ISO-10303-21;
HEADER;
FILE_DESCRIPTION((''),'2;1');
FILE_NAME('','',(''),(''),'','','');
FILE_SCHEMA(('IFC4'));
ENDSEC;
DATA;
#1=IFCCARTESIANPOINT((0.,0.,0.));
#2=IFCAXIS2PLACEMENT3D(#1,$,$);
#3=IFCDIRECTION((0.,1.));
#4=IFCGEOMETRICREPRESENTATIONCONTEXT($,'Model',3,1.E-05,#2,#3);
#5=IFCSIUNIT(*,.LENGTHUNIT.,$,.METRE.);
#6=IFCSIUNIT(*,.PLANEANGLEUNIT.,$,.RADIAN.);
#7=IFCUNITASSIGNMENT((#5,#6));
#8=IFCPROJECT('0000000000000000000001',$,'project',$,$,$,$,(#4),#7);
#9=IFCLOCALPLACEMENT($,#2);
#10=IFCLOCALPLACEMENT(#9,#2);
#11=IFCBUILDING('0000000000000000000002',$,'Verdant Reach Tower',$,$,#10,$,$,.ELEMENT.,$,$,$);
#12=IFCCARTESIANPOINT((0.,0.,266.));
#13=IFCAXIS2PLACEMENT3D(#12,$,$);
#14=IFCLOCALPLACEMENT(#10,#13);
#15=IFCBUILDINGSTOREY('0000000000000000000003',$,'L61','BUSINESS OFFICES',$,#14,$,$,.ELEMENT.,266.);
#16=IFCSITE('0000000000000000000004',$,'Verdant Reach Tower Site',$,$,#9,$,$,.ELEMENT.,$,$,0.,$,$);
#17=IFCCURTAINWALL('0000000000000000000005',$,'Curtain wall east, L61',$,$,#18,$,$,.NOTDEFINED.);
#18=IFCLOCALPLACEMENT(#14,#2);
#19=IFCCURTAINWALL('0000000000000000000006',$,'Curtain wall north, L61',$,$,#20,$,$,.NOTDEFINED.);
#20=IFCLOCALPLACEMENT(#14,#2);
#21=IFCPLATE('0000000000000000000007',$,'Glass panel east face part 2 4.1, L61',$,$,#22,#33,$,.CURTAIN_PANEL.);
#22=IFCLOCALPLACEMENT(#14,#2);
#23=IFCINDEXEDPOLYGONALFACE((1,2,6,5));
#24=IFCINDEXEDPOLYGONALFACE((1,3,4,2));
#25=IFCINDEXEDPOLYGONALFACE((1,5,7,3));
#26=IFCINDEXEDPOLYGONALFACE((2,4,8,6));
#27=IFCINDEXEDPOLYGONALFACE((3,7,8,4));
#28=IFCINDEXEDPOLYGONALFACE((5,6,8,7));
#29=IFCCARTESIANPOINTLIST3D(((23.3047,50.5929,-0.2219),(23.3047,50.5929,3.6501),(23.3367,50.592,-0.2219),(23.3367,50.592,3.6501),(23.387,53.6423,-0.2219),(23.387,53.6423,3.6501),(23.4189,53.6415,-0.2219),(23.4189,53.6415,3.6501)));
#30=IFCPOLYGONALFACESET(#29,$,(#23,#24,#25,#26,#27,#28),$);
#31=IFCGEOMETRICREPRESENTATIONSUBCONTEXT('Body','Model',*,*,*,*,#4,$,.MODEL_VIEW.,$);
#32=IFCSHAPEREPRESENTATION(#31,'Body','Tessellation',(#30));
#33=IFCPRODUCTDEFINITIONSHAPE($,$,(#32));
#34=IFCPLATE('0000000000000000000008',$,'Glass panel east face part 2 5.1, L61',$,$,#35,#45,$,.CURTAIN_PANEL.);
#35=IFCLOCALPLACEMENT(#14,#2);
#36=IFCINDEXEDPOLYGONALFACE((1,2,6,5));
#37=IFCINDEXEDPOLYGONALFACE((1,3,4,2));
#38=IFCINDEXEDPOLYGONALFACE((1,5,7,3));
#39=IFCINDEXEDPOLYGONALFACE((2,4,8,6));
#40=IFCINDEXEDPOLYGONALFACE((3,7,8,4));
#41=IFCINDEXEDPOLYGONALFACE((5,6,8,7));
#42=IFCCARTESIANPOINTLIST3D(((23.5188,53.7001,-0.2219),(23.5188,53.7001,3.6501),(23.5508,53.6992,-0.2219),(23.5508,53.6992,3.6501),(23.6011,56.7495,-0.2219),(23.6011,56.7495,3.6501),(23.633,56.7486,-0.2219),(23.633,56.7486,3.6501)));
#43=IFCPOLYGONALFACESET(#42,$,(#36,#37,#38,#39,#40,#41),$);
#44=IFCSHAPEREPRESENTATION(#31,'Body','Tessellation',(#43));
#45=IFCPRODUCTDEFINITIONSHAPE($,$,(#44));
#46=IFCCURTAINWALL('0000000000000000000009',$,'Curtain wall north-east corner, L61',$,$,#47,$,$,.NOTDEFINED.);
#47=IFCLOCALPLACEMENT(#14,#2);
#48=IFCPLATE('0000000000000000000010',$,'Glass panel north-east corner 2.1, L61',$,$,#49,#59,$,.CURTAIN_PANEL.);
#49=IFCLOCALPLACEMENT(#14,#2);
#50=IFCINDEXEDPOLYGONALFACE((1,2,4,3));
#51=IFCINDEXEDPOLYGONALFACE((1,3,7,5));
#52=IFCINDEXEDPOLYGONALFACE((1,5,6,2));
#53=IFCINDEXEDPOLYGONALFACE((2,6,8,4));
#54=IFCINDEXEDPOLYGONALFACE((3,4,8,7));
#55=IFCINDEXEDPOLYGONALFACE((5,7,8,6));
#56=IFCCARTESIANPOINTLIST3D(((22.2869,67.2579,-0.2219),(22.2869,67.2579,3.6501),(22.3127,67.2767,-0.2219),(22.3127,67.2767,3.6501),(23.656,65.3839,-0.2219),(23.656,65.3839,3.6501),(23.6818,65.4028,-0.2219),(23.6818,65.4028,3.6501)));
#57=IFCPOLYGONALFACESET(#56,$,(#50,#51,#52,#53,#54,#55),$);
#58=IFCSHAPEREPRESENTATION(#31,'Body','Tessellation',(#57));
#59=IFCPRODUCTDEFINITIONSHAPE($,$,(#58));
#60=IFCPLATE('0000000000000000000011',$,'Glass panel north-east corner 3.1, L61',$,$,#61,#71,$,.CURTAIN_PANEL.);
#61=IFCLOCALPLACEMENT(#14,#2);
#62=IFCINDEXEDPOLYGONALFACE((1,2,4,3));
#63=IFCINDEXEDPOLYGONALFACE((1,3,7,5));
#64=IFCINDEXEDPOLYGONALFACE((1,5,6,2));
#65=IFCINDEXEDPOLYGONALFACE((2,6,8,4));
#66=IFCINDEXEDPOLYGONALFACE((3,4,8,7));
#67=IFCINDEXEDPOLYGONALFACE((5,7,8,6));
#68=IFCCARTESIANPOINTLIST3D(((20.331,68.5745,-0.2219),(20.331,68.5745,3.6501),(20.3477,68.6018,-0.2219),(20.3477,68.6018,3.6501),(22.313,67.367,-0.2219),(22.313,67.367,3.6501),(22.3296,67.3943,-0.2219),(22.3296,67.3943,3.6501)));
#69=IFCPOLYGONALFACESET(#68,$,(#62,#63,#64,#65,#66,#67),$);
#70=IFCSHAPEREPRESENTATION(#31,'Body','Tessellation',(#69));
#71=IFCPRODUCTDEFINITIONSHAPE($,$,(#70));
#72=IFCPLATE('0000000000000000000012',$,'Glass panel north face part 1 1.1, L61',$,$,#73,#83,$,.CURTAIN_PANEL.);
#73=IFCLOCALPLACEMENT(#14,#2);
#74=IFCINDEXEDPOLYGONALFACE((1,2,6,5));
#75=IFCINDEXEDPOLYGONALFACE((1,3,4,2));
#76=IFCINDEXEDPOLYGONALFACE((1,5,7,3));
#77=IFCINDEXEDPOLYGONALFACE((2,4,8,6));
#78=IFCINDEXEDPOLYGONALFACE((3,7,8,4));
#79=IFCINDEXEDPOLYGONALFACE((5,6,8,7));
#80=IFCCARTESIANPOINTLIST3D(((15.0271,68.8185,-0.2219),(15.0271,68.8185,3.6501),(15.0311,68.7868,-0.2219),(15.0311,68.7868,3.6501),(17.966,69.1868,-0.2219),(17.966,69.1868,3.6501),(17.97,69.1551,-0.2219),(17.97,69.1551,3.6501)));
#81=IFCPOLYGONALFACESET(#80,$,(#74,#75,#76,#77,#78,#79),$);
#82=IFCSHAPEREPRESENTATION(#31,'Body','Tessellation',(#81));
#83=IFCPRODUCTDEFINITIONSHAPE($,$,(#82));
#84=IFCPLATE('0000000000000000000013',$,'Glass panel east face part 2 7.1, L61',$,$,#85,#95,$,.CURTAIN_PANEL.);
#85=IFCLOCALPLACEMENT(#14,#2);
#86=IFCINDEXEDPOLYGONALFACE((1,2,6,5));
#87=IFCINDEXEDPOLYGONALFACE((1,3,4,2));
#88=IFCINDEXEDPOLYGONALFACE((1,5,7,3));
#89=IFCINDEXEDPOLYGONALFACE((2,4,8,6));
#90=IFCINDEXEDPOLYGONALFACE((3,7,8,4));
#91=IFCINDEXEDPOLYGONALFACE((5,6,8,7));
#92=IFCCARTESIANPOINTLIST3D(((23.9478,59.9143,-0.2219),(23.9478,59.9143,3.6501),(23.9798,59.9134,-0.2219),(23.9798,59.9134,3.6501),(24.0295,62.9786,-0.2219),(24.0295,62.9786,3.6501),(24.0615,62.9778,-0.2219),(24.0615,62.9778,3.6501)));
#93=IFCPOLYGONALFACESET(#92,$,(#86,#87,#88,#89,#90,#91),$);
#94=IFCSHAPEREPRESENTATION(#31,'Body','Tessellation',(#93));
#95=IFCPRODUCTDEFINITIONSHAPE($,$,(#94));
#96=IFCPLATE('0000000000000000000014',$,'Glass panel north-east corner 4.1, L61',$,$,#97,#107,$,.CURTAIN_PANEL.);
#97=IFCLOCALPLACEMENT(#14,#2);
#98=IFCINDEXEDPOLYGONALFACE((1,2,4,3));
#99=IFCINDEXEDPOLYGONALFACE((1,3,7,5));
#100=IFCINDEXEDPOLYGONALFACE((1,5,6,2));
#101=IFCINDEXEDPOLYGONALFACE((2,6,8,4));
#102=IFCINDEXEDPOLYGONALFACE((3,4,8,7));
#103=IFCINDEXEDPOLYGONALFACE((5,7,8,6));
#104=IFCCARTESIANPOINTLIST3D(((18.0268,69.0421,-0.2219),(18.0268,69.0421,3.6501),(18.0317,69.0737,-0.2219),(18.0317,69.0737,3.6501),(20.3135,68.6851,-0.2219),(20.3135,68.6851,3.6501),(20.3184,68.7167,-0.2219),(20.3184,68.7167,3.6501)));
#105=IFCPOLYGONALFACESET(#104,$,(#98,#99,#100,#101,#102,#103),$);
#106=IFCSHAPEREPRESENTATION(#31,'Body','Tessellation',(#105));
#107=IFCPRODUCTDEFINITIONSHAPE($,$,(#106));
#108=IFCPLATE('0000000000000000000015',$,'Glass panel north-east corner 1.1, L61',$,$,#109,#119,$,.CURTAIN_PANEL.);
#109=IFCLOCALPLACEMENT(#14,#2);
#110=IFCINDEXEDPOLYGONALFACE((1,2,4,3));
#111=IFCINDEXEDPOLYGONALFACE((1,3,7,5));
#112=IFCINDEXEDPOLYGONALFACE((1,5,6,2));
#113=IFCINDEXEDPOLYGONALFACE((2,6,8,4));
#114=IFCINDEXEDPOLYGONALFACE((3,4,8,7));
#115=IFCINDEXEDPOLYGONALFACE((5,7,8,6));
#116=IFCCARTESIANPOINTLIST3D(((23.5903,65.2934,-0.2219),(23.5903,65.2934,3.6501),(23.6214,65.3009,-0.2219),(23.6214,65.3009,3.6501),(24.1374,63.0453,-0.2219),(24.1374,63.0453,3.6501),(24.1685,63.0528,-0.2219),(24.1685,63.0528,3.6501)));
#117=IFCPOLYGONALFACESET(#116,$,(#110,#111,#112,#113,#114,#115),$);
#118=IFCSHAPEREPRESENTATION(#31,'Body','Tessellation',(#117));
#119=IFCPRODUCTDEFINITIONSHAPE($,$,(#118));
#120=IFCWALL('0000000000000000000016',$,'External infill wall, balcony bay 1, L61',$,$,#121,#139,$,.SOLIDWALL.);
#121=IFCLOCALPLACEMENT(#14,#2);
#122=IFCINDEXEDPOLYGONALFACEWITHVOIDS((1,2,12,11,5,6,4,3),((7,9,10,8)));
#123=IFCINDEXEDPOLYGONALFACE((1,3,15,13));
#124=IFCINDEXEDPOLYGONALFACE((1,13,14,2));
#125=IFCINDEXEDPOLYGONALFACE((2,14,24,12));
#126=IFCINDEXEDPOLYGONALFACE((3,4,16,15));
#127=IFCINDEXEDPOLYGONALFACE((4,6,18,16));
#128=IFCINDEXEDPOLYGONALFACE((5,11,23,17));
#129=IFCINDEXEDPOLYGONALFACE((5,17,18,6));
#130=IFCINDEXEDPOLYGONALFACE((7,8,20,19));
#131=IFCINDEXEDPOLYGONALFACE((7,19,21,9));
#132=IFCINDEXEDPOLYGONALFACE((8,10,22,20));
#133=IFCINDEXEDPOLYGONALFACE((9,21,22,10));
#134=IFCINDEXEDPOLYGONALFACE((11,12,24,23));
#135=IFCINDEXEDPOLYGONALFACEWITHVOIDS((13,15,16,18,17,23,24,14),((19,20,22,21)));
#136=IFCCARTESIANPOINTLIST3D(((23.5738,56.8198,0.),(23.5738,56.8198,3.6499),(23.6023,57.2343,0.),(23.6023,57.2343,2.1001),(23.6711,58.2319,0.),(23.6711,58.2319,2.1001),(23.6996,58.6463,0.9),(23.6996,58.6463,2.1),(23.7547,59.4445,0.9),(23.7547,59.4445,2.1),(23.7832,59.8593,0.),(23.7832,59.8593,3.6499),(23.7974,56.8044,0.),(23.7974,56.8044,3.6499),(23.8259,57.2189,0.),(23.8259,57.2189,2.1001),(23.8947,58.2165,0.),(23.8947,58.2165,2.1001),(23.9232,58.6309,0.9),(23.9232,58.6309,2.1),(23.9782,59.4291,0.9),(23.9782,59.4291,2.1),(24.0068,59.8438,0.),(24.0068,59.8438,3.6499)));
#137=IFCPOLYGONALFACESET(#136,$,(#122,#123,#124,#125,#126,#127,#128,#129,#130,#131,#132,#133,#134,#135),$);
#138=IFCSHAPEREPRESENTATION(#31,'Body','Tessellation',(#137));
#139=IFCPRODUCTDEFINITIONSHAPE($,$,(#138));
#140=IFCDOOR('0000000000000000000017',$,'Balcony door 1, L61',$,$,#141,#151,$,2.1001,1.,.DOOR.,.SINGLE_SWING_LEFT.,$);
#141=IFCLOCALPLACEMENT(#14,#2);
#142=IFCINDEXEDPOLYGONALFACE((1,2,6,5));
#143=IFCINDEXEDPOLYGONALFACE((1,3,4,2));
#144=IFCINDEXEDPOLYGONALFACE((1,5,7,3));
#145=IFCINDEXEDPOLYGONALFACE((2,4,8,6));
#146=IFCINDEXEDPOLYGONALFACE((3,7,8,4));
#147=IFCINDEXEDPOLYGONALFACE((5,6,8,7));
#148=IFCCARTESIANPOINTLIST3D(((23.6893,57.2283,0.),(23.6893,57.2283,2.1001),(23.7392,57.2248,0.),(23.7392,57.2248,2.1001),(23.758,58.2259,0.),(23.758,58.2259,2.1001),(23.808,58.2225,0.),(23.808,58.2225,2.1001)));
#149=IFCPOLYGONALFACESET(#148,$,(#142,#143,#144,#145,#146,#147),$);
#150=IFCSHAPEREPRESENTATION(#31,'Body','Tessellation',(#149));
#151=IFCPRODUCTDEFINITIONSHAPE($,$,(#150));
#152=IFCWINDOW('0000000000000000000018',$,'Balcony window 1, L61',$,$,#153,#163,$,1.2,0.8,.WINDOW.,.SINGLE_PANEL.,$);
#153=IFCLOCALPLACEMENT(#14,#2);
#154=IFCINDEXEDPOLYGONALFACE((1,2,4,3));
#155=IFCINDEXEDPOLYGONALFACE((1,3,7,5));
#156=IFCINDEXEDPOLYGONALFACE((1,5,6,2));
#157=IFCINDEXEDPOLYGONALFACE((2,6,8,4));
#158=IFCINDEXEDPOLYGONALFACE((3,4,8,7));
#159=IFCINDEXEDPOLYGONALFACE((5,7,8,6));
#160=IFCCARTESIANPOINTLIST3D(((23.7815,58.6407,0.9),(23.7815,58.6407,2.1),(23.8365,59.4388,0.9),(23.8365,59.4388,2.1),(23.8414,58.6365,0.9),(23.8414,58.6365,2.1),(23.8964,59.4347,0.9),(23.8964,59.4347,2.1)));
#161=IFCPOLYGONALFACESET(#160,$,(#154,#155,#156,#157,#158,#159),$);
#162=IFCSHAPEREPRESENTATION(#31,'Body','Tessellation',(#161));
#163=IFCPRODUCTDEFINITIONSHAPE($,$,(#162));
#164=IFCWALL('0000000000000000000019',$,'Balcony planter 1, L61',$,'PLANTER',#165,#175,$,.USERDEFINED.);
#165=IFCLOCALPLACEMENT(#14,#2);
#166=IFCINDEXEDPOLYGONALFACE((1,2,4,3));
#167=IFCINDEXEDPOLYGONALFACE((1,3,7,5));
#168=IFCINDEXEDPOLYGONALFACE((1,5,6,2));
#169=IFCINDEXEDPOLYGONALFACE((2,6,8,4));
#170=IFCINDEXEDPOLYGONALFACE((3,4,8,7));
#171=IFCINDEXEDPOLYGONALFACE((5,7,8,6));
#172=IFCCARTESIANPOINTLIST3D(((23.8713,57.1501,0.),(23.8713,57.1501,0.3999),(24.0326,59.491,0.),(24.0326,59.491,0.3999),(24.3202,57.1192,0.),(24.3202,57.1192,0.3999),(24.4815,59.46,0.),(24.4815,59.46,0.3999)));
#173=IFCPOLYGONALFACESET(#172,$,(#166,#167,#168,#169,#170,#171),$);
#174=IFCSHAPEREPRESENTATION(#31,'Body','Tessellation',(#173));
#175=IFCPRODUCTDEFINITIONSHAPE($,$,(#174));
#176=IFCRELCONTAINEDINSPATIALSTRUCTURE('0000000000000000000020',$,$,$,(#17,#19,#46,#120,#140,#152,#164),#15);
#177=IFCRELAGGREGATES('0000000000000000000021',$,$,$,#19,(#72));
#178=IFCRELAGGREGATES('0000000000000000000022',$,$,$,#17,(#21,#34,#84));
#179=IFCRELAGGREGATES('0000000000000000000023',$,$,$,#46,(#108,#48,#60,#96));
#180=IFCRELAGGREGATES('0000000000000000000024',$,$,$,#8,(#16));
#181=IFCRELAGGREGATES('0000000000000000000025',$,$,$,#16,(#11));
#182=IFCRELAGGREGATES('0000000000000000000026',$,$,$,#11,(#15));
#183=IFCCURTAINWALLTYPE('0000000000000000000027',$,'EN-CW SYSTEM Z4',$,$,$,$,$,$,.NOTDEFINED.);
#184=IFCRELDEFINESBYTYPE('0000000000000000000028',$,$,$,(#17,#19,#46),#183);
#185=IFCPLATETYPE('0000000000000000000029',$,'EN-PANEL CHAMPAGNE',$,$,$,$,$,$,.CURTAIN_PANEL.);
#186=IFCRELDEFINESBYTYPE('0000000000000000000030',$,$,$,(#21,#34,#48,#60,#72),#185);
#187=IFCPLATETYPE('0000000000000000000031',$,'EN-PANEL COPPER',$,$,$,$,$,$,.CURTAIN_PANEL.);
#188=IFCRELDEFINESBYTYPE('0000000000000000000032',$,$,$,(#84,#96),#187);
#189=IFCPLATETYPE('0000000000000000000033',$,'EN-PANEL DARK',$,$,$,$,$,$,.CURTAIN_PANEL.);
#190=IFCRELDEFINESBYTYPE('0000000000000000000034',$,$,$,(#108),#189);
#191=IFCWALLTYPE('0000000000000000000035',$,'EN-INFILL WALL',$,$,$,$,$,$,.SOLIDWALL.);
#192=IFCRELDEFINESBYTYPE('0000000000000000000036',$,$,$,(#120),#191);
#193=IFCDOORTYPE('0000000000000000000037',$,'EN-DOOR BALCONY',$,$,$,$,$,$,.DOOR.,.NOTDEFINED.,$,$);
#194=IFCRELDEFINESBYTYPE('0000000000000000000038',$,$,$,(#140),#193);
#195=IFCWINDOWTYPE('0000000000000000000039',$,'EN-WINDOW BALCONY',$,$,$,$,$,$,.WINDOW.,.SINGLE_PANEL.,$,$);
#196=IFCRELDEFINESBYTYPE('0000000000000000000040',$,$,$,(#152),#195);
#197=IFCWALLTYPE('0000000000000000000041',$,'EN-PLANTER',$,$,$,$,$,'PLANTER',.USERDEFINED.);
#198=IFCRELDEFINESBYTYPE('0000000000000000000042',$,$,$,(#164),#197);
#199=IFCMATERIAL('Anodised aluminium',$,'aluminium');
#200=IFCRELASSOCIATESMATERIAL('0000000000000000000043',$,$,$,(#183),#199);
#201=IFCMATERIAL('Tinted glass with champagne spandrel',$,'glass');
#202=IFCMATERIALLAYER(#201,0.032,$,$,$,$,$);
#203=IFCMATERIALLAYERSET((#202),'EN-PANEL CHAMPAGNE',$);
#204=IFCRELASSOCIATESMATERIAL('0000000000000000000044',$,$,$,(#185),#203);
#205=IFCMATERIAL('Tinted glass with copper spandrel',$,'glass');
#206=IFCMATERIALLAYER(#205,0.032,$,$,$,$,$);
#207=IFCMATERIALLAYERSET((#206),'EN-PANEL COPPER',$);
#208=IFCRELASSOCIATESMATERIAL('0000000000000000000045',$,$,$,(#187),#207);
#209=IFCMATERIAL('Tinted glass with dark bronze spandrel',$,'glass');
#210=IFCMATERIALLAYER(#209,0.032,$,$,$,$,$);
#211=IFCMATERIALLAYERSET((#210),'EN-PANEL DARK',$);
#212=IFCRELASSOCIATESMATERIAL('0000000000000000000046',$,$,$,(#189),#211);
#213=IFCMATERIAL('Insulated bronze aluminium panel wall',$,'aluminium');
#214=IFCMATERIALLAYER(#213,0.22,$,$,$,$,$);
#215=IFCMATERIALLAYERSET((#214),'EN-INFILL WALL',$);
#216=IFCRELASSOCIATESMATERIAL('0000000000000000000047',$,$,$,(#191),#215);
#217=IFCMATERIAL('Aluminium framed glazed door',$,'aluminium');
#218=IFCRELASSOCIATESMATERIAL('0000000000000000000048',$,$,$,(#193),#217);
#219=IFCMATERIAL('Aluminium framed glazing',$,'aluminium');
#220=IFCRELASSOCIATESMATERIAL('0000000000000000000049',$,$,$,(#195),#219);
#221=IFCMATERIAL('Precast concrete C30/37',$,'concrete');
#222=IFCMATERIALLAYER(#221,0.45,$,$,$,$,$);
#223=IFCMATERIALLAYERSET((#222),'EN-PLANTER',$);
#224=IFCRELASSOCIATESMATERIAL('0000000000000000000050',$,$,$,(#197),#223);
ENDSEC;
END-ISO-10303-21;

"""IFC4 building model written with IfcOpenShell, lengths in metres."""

from ifc_helpers import new_model, si_unit, direction, frame, frame_2d, origin, origin_2d, place, context, subcontext, project, spatial, rectangle, extrude, material, layer, layer_set, type_object, element, fill, aggregate, save


model = new_model("IFC4")

# Units and contexts
model_context = context("Model", 3, precision=1e-05, world=origin(), true_north=direction((0.0, 1.0)))
body_context = subcontext(model_context, "Body", "Model", "MODEL_VIEW")
ifc_project = project(units=[si_unit("LENGTHUNIT", "METRE"), si_unit("PLANEANGLEUNIT", "RADIAN")], contexts=[model_context])

# Site, building, storey
site_placement = place(None, origin())
site = spatial("IfcSite", under=ifc_project, at=site_placement, Name="Verdant Reach Tower Site", CompositionType="ELEMENT", RefElevation=0.0)
building_placement = place(site_placement, origin())
building = spatial("IfcBuilding", under=site, at=building_placement, Name="Verdant Reach Tower", CompositionType="ELEMENT")
storey_placement = place(building_placement, frame((0.0, 0.0, 266.0)))
storey = spatial("IfcBuildingStorey", under=building, at=storey_placement, Name="L61", Description="BUSINESS OFFICES", CompositionType="ELEMENT", Elevation=266.0)

# Curtain walls
ifc_material_1 = material(Name="Anodised aluminium", Category="aluminium")
curtain_wall_type = type_object("IfcCurtainWallType", Name="EN-CW SYSTEM Z4", PredefinedType="NOTDEFINED", material=ifc_material_1)
curtain_wall_1_placement = place(storey_placement, origin())
curtain_wall_1 = element("IfcCurtainWall", 1, at=curtain_wall_1_placement, inside=storey, type_object=curtain_wall_type, Name="Curtain wall east, L61", PredefinedType="NOTDEFINED")
curtain_wall_2_placement = place(storey_placement, origin())
curtain_wall_2 = element("IfcCurtainWall", 2, at=curtain_wall_2_placement, inside=storey, type_object=curtain_wall_type, Name="Curtain wall north, L61", PredefinedType="NOTDEFINED")

# Plates
ifc_material_2 = material(Name="Tinted glass with champagne spandrel", Category="glass")
ifc_layer_1 = layer(ifc_material_2, 0.032)
ifc_layer_set_1 = layer_set([ifc_layer_1], Name="EN-PANEL CHAMPAGNE")
plate_type_1 = type_object("IfcPlateType", Name="EN-PANEL CHAMPAGNE", PredefinedType="CURTAIN_PANEL", material=ifc_layer_set_1)
plate_1_placement = place(storey_placement, frame((23.3618, 52.1172, -0.2219), z_axis=(0.0, 0.0, 1.0), x_axis=(0.026965, 0.999636, 0.0)))
plate_1 = element("IfcPlate", 3, at=plate_1_placement, type_object=plate_type_1, Name="Glass panel east face part 2 4.1, L61", PredefinedType="CURTAIN_PANEL", context=body_context, shape_type="SweptSolid", body=[
    extrude(rectangle(XDim=3.0505, YDim=0.032, at=origin_2d()), origin(), (0.0, 0.0, 1.0), 3.8721),
])
plate_2_placement = place(storey_placement, frame((23.5759, 55.2244, -0.2219), z_axis=(0.0, 0.0, 1.0), x_axis=(0.026965, 0.999636, 0.0)))
plate_2 = element("IfcPlate", 4, at=plate_2_placement, type_object=plate_type_1, Name="Glass panel east face part 2 5.1, L61", PredefinedType="CURTAIN_PANEL", context=body_context, shape_type="SweptSolid", body=[
    extrude(rectangle(XDim=3.0505, YDim=0.032, at=origin_2d()), origin(), (0.0, 0.0, 1.0), 3.8721),
])

# Curtain wall, plates
curtain_wall_3_placement = place(storey_placement, origin())
curtain_wall_3 = element("IfcCurtainWall", 5, at=curtain_wall_3_placement, inside=storey, type_object=curtain_wall_type, Name="Curtain wall north-east corner, L61", PredefinedType="NOTDEFINED")
plate_3_placement = place(storey_placement, frame((22.9844, 66.3303, -0.2219), z_axis=(0.0, 0.0, 1.0), x_axis=(-0.589927, 0.807457, 0.0)))
plate_3 = element("IfcPlate", 6, at=plate_3_placement, type_object=plate_type_1, Name="Glass panel north-east corner 2.1, L61", PredefinedType="CURTAIN_PANEL", context=body_context, shape_type="SweptSolid", body=[
    extrude(rectangle(XDim=2.3208, YDim=0.032, at=origin_2d()), origin(), (0.0, 0.0, 1.0), 3.8721),
])
plate_4_placement = place(storey_placement, frame((21.3303, 67.9844, -0.2219), z_axis=(0.0, 0.0, 1.0), x_axis=(-0.853989, 0.520292, 0.0)))
plate_4 = element("IfcPlate", 7, at=plate_4_placement, type_object=plate_type_1, Name="Glass panel north-east corner 3.1, L61", PredefinedType="CURTAIN_PANEL", context=body_context, shape_type="SweptSolid", body=[
    extrude(rectangle(XDim=2.3208, YDim=0.032, at=origin_2d()), origin(), (0.0, 0.0, 1.0), 3.8721),
])

# Plates
plate_5_placement = place(storey_placement, frame((16.4985, 68.9868, -0.2219), z_axis=(0.0, 0.0, 1.0), x_axis=(-0.992239, -0.124346, 0.0)))
plate_5 = element("IfcPlate", 8, at=plate_5_placement, type_object=plate_type_1, Name="Glass panel north face part 1 1.1, L61", PredefinedType="CURTAIN_PANEL", context=body_context, shape_type="SweptSolid", body=[
    extrude(rectangle(XDim=2.9619, YDim=0.032, at=origin_2d()), origin(), (0.0, 0.0, 1.0), 3.8721),
])
aggregate(curtain_wall_2, [plate_5])
ifc_material_3 = material(Name="Tinted glass with copper spandrel", Category="glass")
ifc_layer_2 = layer(ifc_material_3, 0.032)
ifc_layer_set_2 = layer_set([ifc_layer_2], Name="EN-PANEL COPPER")
plate_type_2 = type_object("IfcPlateType", Name="EN-PANEL COPPER", PredefinedType="CURTAIN_PANEL", material=ifc_layer_set_2)
plate_6_placement = place(storey_placement, frame((24.0046, 61.446, -0.2219), z_axis=(0.0, 0.0, 1.0), x_axis=(0.026651, 0.999645, 0.0)))
plate_6 = element("IfcPlate", 9, at=plate_6_placement, type_object=plate_type_2, Name="Glass panel east face part 2 7.1, L61", PredefinedType="CURTAIN_PANEL", context=body_context, shape_type="SweptSolid", body=[
    extrude(rectangle(XDim=3.0654, YDim=0.032, at=origin_2d()), origin(), (0.0, 0.0, 1.0), 3.8721),
])
aggregate(curtain_wall_1, [plate_1, plate_2, plate_6])
plate_7_placement = place(storey_placement, frame((19.1726, 68.8794, -0.2219), z_axis=(0.0, 0.0, 1.0), x_axis=(-0.988027, 0.154279, 0.0)))
plate_7 = element("IfcPlate", 10, at=plate_7_placement, type_object=plate_type_2, Name="Glass panel north-east corner 4.1, L61", PredefinedType="CURTAIN_PANEL", context=body_context, shape_type="SweptSolid", body=[
    extrude(rectangle(XDim=2.3145, YDim=0.032, at=origin_2d()), origin(), (0.0, 0.0, 1.0), 3.8721),
])
ifc_material_4 = material(Name="Tinted glass with dark bronze spandrel", Category="glass")
ifc_layer_3 = layer(ifc_material_4, 0.032)
ifc_layer_set_3 = layer_set([ifc_layer_3], Name="EN-PANEL DARK")
plate_type_3 = type_object("IfcPlateType", Name="EN-PANEL DARK", PredefinedType="CURTAIN_PANEL", material=ifc_layer_set_3)
plate_8_placement = place(storey_placement, frame((23.8794, 64.1731, -0.2219), z_axis=(0.0, 0.0, 1.0), x_axis=(-0.236459, 0.971642, 0.0)))
plate_8 = element("IfcPlate", 11, at=plate_8_placement, type_object=plate_type_3, Name="Glass panel north-east corner 1.1, L61", PredefinedType="CURTAIN_PANEL", context=body_context, shape_type="SweptSolid", body=[
    extrude(rectangle(XDim=2.3137, YDim=0.032, at=origin_2d()), origin(), (0.0, 0.0, 1.0), 3.8721),
])
aggregate(curtain_wall_3, [plate_8, plate_3, plate_4, plate_7])

# Wall, openings, door, window
ifc_material_5 = material(Name="Insulated bronze aluminium panel wall", Category="aluminium")
ifc_layer_4 = layer(ifc_material_5, 0.22)
ifc_layer_set_4 = layer_set([ifc_layer_4], Name="EN-INFILL WALL")
wall_type_1 = type_object("IfcWallType", Name="EN-INFILL WALL", PredefinedType="SOLIDWALL", material=ifc_layer_set_4)
wall_1_placement = place(storey_placement, frame((23.6855, 56.812, 0.0), z_axis=(0.0, 0.0, 1.0), x_axis=(0.068758, 0.997633, 0.0)))
wall_1 = element("IfcWall", 12, at=wall_1_placement, inside=storey, type_object=wall_type_1, Name="External infill wall, balcony bay 1, L61", PredefinedType="SOLIDWALL", context=body_context, shape_type="SweptSolid", body=[
    extrude(rectangle(XDim=3.0466, YDim=0.2241, at=frame_2d((1.5234, 0.0))), origin(), (0.0, 0.0, 1.0), 3.6499),
])
opening_1_placement = place(wall_1_placement, frame((0.4155, 0.0, 0.0)))
opening_1 = element("IfcOpeningElement", 13, at=opening_1_placement, cuts=wall_1, PredefinedType="OPENING", context=body_context, shape_type="SweptSolid", body=[
    extrude(rectangle(XDim=1.0, YDim=2.1001, at=frame_2d((0.5, 1.05))), frame((0.0, 0.1221, 0.0), z_axis=(0.0, -1.0, 0.0), x_axis=(1.0, 0.0, 0.0)), (0.0, 0.0, 1.0), 0.2441),
])
opening_2_placement = place(wall_1_placement, frame((1.8311, 0.0, 0.8999)))
opening_2 = element("IfcOpeningElement", 14, at=opening_2_placement, cuts=wall_1, PredefinedType="OPENING", context=body_context, shape_type="SweptSolid", body=[
    extrude(rectangle(XDim=0.8, YDim=1.2, at=frame_2d((0.3999, 0.6001))), frame((0.0, 0.1221, 0.0), z_axis=(0.0, -1.0, 0.0), x_axis=(1.0, 0.0, 0.0)), (0.0, 0.0, 1.0), 0.2441),
])
ifc_material_6 = material(Name="Aluminium framed glazed door", Category="aluminium")
door_type_1 = type_object("IfcDoorType", Name="EN-DOOR BALCONY", OperationType="NOTDEFINED", PredefinedType="DOOR", material=ifc_material_6)
door_1_placement = place(opening_1_placement, origin())
door_1 = element("IfcDoor", 15, at=door_1_placement, inside=storey, type_object=door_type_1, Name="Balcony door 1, L61", OperationType="SINGLE_SWING_LEFT", OverallHeight=2.1001, OverallWidth=1.0, PredefinedType="DOOR", context=body_context, shape_type="SweptSolid", body=[
    extrude(rectangle(XDim=1.0, YDim=2.1001, at=frame_2d((0.5, 1.05))), frame((0.0, 0.0249, 0.0), z_axis=(0.0, -1.0, 0.0), x_axis=(1.0, 0.0, 0.0)), (0.0, 0.0, 1.0), 0.05),
])
fill(opening_1, door_1)
ifc_material_7 = material(Name="Aluminium framed glazing", Category="aluminium")
window_type = type_object("IfcWindowType", Name="EN-WINDOW BALCONY", PartitioningType="SINGLE_PANEL", PredefinedType="WINDOW", material=ifc_material_7)
window_placement = place(opening_2_placement, origin())
window = element("IfcWindow", 16, at=window_placement, inside=storey, type_object=window_type, Name="Balcony window 1, L61", OverallHeight=1.2, OverallWidth=0.8, PartitioningType="SINGLE_PANEL", PredefinedType="WINDOW", context=body_context, shape_type="SweptSolid", body=[
    extrude(rectangle(XDim=0.8, YDim=1.2, at=frame_2d((0.3999, 0.6001))), frame((0.0, 0.03, 0.0), z_axis=(0.0, -1.0, 0.0), x_axis=(1.0, 0.0, 0.0)), (0.0, 0.0, 1.0), 0.0601),
])
fill(opening_2, window)

# Wall
ifc_material_8 = material(Name="Precast concrete C30/37", Category="concrete")
ifc_layer_5 = layer(ifc_material_8, 0.45)
ifc_layer_set_5 = layer_set([ifc_layer_5], Name="EN-PLANTER")
wall_type_2 = type_object("IfcWallType", Name="EN-PLANTER", ElementType="PLANTER", PredefinedType="USERDEFINED", material=ifc_layer_set_5)
wall_2_placement = place(storey_placement, frame((24.0957, 57.1345, 0.0), z_axis=(0.0, 0.0, 1.0), x_axis=(0.068777, 0.997632, 0.0)))
element("IfcWall", 17, at=wall_2_placement, inside=storey, type_object=wall_type_2, Name="Balcony planter 1, L61", ObjectType="PLANTER", PredefinedType="USERDEFINED", context=body_context, shape_type="SweptSolid", body=[
    extrude(rectangle(XDim=2.3464, YDim=0.45, at=frame_2d((1.1733, 0.0))), origin(), (0.0, 0.0, 1.0), 0.3999),
])

save(model, "model.ifc")
